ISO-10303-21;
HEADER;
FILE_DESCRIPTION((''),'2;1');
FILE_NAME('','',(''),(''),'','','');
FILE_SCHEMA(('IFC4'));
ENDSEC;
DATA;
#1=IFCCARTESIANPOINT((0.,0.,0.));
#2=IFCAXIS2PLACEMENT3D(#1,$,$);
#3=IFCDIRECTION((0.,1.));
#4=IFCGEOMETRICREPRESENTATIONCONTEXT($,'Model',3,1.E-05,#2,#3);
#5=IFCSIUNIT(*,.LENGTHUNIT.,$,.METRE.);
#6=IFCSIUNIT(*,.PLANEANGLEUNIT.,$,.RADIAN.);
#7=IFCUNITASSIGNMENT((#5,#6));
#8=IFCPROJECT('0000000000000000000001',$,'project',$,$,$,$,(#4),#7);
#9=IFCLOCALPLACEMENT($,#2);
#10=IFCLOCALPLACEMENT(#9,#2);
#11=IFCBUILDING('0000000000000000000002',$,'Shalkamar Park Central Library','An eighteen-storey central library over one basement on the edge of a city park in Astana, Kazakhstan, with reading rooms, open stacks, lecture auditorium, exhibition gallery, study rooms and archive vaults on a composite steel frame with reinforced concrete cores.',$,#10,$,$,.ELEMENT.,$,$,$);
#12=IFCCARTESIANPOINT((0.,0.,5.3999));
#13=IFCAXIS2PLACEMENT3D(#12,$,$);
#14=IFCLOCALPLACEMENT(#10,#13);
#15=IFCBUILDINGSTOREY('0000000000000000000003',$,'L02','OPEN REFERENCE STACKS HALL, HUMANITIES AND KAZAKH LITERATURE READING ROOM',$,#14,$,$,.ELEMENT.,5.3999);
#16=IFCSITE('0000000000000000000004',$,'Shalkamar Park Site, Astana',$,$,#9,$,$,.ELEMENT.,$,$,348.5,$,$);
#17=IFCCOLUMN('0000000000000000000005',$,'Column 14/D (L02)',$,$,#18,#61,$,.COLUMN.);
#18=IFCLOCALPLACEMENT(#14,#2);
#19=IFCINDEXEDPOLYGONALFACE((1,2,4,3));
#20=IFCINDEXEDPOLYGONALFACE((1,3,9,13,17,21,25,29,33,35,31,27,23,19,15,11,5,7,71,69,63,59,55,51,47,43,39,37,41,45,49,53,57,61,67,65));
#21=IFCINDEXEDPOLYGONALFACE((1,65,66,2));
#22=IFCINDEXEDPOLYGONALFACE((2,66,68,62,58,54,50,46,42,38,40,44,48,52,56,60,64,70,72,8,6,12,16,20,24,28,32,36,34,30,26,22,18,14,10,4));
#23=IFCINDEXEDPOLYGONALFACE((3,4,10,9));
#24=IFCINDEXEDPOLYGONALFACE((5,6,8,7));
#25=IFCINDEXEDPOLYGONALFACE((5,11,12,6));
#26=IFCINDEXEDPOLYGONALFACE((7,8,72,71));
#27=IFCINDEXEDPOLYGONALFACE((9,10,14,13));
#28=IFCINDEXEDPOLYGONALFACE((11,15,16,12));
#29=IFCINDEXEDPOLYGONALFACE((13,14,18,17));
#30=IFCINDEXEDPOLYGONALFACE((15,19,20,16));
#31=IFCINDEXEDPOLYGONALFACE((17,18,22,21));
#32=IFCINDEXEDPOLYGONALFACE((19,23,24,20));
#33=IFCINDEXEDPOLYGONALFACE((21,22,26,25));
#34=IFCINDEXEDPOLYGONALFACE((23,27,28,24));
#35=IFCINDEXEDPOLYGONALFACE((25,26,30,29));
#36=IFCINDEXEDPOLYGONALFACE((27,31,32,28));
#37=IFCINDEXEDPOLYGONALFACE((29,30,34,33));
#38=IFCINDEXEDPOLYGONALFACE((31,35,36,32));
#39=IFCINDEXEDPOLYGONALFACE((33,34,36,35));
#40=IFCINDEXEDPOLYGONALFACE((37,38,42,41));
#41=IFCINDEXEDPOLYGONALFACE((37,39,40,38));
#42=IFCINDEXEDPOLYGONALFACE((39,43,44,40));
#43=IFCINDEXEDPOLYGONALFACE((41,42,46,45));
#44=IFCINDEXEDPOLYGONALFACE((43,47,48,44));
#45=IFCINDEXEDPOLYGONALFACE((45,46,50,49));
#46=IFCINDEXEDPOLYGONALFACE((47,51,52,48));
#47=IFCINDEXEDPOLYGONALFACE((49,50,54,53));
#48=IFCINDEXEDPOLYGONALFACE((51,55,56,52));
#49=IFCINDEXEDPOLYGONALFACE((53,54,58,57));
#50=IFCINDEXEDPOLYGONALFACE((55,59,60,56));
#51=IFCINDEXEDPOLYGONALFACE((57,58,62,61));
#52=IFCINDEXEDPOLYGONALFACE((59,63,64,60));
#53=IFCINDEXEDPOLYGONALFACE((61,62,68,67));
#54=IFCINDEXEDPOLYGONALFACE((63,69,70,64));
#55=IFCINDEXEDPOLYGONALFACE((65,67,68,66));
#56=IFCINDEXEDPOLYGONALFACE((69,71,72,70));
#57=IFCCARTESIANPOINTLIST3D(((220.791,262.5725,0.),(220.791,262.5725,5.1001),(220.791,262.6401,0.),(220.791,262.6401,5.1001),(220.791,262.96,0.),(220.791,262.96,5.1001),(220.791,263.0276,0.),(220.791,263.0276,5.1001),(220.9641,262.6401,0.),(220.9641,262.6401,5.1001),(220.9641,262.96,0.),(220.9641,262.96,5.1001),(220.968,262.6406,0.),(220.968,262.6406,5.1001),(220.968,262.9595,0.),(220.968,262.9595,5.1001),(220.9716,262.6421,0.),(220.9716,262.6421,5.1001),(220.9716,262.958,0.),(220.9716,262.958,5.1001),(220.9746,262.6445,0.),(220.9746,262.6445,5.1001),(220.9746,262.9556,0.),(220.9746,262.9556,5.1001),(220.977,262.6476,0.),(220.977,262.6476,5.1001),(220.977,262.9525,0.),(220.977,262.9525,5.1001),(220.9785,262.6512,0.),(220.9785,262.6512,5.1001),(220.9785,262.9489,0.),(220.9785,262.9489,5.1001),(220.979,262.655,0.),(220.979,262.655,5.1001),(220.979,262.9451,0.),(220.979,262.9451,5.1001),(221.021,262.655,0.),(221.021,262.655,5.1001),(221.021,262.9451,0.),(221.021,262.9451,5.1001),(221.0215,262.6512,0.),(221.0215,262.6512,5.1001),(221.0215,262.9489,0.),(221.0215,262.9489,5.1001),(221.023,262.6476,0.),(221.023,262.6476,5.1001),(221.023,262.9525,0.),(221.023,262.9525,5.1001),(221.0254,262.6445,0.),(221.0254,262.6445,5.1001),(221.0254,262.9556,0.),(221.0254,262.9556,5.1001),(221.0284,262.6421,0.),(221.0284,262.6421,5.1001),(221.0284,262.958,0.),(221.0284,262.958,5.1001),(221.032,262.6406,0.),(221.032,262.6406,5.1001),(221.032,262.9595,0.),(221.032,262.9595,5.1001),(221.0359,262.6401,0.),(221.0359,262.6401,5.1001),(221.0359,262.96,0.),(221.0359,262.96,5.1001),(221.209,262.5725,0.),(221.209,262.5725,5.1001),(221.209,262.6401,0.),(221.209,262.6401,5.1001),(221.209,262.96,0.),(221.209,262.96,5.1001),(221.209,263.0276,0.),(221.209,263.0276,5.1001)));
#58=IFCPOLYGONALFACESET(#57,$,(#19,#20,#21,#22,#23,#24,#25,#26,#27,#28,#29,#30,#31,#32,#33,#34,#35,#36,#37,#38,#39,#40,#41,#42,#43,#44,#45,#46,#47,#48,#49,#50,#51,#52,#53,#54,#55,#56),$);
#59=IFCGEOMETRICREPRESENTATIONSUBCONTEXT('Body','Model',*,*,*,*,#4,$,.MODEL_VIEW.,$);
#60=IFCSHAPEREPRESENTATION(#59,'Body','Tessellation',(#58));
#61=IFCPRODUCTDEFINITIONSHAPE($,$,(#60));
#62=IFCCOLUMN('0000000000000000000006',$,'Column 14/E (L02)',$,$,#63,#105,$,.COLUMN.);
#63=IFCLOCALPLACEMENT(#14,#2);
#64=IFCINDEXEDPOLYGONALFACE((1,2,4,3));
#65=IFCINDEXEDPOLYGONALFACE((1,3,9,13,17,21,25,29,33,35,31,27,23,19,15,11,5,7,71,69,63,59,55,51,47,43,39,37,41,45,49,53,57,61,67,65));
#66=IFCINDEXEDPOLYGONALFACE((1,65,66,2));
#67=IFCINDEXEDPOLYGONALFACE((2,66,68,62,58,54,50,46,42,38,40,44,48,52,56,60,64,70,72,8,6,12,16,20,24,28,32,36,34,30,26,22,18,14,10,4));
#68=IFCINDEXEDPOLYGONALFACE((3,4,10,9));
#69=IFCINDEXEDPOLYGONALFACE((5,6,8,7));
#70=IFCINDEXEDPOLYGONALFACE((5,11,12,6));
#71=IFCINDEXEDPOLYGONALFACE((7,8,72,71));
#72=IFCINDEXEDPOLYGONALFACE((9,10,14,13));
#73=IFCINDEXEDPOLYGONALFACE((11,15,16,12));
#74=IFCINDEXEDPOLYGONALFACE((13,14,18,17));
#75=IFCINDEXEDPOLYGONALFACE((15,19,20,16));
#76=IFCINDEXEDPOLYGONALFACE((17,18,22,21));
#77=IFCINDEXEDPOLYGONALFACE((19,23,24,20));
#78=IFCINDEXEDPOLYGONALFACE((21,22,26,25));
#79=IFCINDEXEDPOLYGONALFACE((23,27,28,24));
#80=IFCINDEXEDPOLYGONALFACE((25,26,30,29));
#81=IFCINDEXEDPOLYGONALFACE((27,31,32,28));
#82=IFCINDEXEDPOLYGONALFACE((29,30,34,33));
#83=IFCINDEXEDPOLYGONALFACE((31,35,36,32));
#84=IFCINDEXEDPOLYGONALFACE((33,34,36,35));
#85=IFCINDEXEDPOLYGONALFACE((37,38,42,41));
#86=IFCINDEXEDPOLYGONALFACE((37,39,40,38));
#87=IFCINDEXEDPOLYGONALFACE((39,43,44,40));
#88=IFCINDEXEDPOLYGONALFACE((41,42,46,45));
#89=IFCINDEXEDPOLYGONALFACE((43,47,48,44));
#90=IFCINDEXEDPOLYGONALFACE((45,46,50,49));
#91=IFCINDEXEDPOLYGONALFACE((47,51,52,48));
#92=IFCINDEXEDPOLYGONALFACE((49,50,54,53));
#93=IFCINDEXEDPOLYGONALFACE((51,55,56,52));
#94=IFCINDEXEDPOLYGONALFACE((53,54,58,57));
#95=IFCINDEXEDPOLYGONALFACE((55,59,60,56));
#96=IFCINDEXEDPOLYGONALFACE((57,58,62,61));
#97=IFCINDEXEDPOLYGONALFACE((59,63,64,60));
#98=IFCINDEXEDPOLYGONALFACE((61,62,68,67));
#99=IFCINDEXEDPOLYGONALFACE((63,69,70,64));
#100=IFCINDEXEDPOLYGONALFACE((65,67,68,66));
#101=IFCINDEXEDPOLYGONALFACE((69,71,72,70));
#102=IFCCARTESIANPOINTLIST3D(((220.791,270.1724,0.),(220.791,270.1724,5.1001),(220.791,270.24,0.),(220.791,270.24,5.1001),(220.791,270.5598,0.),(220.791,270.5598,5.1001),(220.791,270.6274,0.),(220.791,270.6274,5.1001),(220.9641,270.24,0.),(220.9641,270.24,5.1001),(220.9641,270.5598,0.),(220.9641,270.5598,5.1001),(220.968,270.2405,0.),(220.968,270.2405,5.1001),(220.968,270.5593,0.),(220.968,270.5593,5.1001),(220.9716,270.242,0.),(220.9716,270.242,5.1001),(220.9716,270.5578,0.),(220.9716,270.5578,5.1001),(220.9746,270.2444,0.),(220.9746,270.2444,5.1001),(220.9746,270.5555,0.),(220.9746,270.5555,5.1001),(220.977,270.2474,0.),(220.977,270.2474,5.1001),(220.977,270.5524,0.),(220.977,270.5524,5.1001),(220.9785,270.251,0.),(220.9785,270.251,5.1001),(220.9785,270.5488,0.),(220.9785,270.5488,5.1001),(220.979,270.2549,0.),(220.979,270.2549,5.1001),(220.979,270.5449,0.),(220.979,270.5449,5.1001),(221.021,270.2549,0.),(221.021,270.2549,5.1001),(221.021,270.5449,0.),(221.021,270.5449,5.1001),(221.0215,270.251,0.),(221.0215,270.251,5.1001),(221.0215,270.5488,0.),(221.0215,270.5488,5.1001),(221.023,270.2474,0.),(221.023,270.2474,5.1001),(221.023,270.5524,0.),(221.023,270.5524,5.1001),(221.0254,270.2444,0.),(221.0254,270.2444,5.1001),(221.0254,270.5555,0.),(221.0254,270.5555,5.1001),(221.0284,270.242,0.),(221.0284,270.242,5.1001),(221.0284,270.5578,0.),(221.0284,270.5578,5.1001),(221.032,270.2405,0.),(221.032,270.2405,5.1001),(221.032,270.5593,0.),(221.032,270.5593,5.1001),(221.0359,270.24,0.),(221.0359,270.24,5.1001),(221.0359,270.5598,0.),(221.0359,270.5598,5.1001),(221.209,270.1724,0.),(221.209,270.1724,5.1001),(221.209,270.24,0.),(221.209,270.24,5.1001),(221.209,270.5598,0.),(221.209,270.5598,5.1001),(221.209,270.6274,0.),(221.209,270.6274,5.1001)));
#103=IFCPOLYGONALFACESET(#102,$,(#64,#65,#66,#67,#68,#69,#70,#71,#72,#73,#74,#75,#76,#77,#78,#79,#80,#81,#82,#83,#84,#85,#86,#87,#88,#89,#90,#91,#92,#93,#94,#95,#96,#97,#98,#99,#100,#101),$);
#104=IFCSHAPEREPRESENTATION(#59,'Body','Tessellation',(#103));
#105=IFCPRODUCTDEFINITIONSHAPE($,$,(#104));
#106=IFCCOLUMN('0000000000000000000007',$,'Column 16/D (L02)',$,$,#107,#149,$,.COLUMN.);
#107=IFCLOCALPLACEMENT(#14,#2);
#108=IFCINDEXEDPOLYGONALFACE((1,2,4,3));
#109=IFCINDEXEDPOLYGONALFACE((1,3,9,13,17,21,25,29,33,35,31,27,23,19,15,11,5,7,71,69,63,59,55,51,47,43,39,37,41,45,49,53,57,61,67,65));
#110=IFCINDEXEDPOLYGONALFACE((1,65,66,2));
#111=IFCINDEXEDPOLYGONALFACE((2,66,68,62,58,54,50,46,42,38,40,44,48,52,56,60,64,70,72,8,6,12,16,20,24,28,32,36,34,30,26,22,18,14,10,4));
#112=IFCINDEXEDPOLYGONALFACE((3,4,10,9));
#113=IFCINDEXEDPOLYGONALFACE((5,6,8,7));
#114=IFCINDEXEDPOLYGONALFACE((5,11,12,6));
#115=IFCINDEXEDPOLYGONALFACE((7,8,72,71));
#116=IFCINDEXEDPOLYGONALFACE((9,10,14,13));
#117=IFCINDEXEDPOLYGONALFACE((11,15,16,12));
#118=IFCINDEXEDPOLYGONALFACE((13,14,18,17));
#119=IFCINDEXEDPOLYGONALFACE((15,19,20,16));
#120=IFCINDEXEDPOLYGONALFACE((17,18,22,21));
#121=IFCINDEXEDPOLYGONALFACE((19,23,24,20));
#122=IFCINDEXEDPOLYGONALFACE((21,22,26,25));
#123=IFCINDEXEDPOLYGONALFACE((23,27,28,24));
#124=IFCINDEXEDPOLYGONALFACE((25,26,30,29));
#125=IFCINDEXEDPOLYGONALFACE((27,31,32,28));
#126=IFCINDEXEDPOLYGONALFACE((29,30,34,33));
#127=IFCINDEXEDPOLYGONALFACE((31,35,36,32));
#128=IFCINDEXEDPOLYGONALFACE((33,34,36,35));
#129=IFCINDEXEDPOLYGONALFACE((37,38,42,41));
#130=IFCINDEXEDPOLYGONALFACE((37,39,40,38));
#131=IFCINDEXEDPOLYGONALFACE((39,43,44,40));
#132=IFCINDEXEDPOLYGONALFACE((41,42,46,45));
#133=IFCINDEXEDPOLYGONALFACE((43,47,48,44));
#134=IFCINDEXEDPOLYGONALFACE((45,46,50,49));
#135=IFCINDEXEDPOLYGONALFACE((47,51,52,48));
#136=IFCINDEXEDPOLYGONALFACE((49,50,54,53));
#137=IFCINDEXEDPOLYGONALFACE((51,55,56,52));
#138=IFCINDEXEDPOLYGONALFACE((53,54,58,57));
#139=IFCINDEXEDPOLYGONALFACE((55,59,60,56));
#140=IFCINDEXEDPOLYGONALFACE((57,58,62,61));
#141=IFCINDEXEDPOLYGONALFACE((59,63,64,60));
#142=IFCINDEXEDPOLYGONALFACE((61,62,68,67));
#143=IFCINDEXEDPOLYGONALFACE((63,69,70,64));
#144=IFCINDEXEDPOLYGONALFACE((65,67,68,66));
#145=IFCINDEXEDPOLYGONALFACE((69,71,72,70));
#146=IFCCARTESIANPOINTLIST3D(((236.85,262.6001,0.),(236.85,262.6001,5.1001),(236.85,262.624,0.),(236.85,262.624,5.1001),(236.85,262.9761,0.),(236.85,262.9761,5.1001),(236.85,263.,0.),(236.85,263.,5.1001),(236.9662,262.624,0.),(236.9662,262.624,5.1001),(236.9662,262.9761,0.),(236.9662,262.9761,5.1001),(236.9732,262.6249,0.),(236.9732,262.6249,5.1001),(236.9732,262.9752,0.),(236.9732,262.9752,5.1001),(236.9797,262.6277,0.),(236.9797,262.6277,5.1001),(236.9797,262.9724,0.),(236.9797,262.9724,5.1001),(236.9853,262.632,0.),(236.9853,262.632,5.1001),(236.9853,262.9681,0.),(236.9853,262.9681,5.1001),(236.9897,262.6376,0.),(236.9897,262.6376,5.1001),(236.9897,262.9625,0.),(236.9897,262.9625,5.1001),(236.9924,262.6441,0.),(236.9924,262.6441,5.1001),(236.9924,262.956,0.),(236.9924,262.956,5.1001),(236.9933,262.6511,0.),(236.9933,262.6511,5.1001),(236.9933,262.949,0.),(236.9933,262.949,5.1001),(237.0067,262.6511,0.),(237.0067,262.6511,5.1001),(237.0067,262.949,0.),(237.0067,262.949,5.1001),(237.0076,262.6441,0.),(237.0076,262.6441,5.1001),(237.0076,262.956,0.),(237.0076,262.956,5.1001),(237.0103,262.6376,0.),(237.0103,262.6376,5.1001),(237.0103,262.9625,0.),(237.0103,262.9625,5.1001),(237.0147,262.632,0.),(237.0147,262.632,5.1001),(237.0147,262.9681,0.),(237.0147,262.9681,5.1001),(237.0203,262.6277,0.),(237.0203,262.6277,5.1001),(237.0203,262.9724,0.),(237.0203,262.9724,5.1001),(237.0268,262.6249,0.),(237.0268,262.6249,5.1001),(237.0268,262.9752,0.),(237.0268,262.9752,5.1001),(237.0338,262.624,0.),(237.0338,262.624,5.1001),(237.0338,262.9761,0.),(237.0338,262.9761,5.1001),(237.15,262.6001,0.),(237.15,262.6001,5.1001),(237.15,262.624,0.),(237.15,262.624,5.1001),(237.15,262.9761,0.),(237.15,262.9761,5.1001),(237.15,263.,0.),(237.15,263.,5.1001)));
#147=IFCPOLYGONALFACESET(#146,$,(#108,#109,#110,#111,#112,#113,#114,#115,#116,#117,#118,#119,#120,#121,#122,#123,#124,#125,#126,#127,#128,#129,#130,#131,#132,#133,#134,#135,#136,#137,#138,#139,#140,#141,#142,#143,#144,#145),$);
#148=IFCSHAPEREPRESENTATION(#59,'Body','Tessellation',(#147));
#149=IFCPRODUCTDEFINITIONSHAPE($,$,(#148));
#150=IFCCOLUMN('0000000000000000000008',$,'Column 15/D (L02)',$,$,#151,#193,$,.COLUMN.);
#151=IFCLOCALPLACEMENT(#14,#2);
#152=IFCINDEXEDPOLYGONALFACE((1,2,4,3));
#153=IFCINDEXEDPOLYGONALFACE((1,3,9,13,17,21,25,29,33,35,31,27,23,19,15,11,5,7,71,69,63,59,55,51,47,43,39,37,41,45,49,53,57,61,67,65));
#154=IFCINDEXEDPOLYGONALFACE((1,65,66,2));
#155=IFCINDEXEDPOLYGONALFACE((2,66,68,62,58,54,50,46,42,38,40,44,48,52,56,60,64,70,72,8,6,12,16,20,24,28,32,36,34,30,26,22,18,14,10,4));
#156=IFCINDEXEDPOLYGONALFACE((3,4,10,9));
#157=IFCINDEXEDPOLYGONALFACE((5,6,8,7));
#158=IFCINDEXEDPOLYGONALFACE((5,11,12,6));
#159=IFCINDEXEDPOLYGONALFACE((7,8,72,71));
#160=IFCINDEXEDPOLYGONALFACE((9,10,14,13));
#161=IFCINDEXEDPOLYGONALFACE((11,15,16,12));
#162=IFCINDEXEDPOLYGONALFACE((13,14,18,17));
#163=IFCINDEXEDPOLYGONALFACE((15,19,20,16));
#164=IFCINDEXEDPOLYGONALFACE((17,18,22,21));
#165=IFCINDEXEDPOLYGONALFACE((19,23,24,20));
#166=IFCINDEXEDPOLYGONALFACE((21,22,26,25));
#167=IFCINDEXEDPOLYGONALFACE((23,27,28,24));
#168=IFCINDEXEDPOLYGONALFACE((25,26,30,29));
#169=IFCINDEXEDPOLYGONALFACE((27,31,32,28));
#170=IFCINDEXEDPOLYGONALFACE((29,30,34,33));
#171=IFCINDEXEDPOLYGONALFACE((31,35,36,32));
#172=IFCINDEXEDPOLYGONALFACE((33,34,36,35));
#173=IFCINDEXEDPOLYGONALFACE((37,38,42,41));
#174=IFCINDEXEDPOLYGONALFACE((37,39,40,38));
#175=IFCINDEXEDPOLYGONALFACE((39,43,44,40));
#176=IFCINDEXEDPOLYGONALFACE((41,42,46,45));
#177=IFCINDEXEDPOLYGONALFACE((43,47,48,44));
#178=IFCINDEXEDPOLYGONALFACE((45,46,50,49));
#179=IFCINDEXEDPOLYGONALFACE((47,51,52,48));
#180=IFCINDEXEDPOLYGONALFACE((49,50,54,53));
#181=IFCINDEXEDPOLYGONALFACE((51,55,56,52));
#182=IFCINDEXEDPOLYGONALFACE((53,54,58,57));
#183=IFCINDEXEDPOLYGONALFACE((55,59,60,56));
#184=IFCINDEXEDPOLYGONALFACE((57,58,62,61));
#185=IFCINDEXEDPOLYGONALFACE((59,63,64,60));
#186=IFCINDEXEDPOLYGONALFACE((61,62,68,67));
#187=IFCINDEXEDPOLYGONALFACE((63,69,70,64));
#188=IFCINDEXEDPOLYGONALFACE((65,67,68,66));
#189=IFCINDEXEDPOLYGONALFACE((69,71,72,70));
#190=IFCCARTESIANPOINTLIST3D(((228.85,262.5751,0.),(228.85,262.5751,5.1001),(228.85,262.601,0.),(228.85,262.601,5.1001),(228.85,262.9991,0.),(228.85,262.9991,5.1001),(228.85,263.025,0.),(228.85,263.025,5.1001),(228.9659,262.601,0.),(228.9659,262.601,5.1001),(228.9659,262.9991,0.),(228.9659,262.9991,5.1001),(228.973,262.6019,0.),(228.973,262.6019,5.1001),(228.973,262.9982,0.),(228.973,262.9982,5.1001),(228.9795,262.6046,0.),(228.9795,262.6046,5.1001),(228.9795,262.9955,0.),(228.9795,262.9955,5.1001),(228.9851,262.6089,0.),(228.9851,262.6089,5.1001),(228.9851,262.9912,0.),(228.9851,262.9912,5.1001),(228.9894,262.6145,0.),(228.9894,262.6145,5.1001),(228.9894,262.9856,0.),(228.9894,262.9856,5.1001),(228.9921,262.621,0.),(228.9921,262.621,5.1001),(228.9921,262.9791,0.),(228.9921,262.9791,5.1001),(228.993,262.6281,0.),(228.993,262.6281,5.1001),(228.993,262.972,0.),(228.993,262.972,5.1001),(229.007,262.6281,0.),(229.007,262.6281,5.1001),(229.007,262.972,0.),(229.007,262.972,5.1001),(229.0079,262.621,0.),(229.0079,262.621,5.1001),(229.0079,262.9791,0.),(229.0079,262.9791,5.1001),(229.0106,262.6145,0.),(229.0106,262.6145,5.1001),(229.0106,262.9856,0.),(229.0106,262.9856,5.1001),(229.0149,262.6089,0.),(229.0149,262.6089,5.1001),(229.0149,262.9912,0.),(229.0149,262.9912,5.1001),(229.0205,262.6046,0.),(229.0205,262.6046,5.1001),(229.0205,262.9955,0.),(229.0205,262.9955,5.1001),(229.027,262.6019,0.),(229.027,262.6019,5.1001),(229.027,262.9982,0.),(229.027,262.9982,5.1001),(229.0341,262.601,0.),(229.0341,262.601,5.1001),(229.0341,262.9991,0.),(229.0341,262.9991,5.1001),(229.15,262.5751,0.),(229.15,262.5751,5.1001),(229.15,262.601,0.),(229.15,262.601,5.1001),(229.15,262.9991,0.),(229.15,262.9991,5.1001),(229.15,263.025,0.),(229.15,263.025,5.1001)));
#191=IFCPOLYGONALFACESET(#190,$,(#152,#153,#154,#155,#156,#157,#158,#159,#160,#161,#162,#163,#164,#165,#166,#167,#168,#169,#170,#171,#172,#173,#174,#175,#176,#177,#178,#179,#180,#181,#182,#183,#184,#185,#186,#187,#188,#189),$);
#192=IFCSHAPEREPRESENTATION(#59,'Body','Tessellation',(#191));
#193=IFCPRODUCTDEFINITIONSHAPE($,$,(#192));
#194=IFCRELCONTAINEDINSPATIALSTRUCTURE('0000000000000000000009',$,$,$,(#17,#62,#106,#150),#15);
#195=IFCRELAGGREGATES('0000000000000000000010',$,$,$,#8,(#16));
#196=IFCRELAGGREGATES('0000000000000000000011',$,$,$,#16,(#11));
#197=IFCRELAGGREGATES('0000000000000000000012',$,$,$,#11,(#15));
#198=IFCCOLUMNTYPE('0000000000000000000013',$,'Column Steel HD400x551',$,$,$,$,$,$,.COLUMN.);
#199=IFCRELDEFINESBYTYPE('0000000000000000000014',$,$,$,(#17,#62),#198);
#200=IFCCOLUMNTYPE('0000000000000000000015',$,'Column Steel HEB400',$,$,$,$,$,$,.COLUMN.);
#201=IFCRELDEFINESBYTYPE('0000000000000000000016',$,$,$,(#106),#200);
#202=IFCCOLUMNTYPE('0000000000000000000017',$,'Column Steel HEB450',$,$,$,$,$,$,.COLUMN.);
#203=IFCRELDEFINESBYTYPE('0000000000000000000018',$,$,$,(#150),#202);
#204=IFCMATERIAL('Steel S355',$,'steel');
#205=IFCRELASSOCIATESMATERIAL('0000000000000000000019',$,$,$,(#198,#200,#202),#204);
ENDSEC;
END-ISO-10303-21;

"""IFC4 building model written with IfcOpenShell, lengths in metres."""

from ifc_helpers import new_model, si_unit, direction, frame, origin, origin_2d, place, context, subcontext, project, spatial, i_section, extrude, material, material_profile, profile_set, type_object, element, save


model = new_model("IFC4")

# Units and contexts
model_context = context("Model", 3, precision=1e-05, world=origin(), true_north=direction((0.0, 1.0)))
body_context = subcontext(model_context, "Body", "Model", "MODEL_VIEW")
ifc_project = project(units=[si_unit("LENGTHUNIT", "METRE"), si_unit("PLANEANGLEUNIT", "RADIAN")], contexts=[model_context])

# Site, building, storey
site_placement = place(None, origin())
site = spatial("IfcSite", under=ifc_project, at=site_placement, Name="Shalkamar Park Site, Astana", CompositionType="ELEMENT", RefElevation=348.5)
building_placement = place(site_placement, origin())
building = spatial("IfcBuilding", under=site, at=building_placement, Name="Shalkamar Park Central Library", Description="An eighteen-storey central library over one basement on the edge of a city park in Astana, Kazakhstan, with reading rooms, open stacks, lecture auditorium, exhibition gallery, study rooms and archive vaults on a composite steel frame with reinforced concrete cores.", CompositionType="ELEMENT")
storey_placement = place(building_placement, frame((0.0, 0.0, 5.3999)))
storey = spatial("IfcBuildingStorey", under=building, at=storey_placement, Name="L02", Description="OPEN REFERENCE STACKS HALL, HUMANITIES AND KAZAKH LITERATURE READING ROOM", CompositionType="ELEMENT", Elevation=5.3999)

# Columns
ifc_material_1 = material(Name="Steel S355", Category="steel")
ifc_material_profile_1 = material_profile(ifc_material_1, i_section(OverallWidth=0.418, OverallDepth=0.4551, WebThickness=0.042, FlangeThickness=0.0676, FilletRadius=0.0149, at=origin_2d()), Name="HD 400x551")
ifc_profile_set_1 = profile_set([ifc_material_profile_1], Name="Steel S355")
column_type_1 = type_object("IfcColumnType", Name="Column Steel HD400x551", PredefinedType="COLUMN", material=ifc_profile_set_1)
for number, where, z_axis, x_axis, name in (
    (1, (221.0, 262.8, 0.0), (0.0, 0.0, 1.0), (1.0, 0.0, 0.0), "Column 14/D (L02)"),
    (2, (221.0, 270.3999, 0.0), (0.0, 0.0, 1.0), (1.0, 0.0, 0.0), "Column 14/E (L02)"),
):
    element("IfcColumn", number, at=place(storey_placement, frame(where, z_axis=z_axis, x_axis=x_axis)), inside=storey, type_object=column_type_1, Name=name, PredefinedType="COLUMN", context=body_context, shape_type="SweptSolid", body=[
        extrude(i_section(OverallWidth=0.418, OverallDepth=0.4551, WebThickness=0.042, FlangeThickness=0.0676, FilletRadius=0.0149, at=origin_2d()), origin(), (0.0, 0.0, 1.0), 5.1001),
    ])
ifc_material_profile_2 = material_profile(ifc_material_1, i_section(OverallWidth=0.3, OverallDepth=0.3999, WebThickness=0.0134, FlangeThickness=0.0239, FilletRadius=0.0271, at=origin_2d()), Name="HEB 400")
ifc_profile_set_2 = profile_set([ifc_material_profile_2], Name="Steel S355")
column_type_2 = type_object("IfcColumnType", Name="Column Steel HEB400", PredefinedType="COLUMN", material=ifc_profile_set_2)
column_placement = place(storey_placement, frame((237.0, 262.8, 0.0), z_axis=(0.0, 0.0, 1.0), x_axis=(1.0, 0.0, 0.0)))
element("IfcColumn", 3, at=column_placement, inside=storey, type_object=column_type_2, Name="Column 16/D (L02)", PredefinedType="COLUMN", context=body_context, shape_type="SweptSolid", body=[
    extrude(i_section(OverallWidth=0.3, OverallDepth=0.3999, WebThickness=0.0134, FlangeThickness=0.0239, FilletRadius=0.0271, at=origin_2d()), origin(), (0.0, 0.0, 1.0), 5.1001),
])
ifc_material_profile_3 = material_profile(ifc_material_1, i_section(OverallWidth=0.3, OverallDepth=0.45, WebThickness=0.0139, FlangeThickness=0.0259, FilletRadius=0.0271, at=origin_2d()), Name="HEB 450")
ifc_profile_set_3 = profile_set([ifc_material_profile_3], Name="Steel S355")
column_type_3 = type_object("IfcColumnType", Name="Column Steel HEB450", PredefinedType="COLUMN", material=ifc_profile_set_3)
for number, where, z_axis, x_axis, name in (
    (4, (229.0, 262.8, 0.0), (0.0, 0.0, 1.0), (1.0, 0.0, 0.0), "Column 15/D (L02)"),
):
    element("IfcColumn", number, at=place(storey_placement, frame(where, z_axis=z_axis, x_axis=x_axis)), inside=storey, type_object=column_type_3, Name=name, PredefinedType="COLUMN", context=body_context, shape_type="SweptSolid", body=[
        extrude(i_section(OverallWidth=0.3, OverallDepth=0.45, WebThickness=0.0139, FlangeThickness=0.0259, FilletRadius=0.0271, at=origin_2d()), origin(), (0.0, 0.0, 1.0), 5.1001),
    ])

save(model, "model.ifc")
